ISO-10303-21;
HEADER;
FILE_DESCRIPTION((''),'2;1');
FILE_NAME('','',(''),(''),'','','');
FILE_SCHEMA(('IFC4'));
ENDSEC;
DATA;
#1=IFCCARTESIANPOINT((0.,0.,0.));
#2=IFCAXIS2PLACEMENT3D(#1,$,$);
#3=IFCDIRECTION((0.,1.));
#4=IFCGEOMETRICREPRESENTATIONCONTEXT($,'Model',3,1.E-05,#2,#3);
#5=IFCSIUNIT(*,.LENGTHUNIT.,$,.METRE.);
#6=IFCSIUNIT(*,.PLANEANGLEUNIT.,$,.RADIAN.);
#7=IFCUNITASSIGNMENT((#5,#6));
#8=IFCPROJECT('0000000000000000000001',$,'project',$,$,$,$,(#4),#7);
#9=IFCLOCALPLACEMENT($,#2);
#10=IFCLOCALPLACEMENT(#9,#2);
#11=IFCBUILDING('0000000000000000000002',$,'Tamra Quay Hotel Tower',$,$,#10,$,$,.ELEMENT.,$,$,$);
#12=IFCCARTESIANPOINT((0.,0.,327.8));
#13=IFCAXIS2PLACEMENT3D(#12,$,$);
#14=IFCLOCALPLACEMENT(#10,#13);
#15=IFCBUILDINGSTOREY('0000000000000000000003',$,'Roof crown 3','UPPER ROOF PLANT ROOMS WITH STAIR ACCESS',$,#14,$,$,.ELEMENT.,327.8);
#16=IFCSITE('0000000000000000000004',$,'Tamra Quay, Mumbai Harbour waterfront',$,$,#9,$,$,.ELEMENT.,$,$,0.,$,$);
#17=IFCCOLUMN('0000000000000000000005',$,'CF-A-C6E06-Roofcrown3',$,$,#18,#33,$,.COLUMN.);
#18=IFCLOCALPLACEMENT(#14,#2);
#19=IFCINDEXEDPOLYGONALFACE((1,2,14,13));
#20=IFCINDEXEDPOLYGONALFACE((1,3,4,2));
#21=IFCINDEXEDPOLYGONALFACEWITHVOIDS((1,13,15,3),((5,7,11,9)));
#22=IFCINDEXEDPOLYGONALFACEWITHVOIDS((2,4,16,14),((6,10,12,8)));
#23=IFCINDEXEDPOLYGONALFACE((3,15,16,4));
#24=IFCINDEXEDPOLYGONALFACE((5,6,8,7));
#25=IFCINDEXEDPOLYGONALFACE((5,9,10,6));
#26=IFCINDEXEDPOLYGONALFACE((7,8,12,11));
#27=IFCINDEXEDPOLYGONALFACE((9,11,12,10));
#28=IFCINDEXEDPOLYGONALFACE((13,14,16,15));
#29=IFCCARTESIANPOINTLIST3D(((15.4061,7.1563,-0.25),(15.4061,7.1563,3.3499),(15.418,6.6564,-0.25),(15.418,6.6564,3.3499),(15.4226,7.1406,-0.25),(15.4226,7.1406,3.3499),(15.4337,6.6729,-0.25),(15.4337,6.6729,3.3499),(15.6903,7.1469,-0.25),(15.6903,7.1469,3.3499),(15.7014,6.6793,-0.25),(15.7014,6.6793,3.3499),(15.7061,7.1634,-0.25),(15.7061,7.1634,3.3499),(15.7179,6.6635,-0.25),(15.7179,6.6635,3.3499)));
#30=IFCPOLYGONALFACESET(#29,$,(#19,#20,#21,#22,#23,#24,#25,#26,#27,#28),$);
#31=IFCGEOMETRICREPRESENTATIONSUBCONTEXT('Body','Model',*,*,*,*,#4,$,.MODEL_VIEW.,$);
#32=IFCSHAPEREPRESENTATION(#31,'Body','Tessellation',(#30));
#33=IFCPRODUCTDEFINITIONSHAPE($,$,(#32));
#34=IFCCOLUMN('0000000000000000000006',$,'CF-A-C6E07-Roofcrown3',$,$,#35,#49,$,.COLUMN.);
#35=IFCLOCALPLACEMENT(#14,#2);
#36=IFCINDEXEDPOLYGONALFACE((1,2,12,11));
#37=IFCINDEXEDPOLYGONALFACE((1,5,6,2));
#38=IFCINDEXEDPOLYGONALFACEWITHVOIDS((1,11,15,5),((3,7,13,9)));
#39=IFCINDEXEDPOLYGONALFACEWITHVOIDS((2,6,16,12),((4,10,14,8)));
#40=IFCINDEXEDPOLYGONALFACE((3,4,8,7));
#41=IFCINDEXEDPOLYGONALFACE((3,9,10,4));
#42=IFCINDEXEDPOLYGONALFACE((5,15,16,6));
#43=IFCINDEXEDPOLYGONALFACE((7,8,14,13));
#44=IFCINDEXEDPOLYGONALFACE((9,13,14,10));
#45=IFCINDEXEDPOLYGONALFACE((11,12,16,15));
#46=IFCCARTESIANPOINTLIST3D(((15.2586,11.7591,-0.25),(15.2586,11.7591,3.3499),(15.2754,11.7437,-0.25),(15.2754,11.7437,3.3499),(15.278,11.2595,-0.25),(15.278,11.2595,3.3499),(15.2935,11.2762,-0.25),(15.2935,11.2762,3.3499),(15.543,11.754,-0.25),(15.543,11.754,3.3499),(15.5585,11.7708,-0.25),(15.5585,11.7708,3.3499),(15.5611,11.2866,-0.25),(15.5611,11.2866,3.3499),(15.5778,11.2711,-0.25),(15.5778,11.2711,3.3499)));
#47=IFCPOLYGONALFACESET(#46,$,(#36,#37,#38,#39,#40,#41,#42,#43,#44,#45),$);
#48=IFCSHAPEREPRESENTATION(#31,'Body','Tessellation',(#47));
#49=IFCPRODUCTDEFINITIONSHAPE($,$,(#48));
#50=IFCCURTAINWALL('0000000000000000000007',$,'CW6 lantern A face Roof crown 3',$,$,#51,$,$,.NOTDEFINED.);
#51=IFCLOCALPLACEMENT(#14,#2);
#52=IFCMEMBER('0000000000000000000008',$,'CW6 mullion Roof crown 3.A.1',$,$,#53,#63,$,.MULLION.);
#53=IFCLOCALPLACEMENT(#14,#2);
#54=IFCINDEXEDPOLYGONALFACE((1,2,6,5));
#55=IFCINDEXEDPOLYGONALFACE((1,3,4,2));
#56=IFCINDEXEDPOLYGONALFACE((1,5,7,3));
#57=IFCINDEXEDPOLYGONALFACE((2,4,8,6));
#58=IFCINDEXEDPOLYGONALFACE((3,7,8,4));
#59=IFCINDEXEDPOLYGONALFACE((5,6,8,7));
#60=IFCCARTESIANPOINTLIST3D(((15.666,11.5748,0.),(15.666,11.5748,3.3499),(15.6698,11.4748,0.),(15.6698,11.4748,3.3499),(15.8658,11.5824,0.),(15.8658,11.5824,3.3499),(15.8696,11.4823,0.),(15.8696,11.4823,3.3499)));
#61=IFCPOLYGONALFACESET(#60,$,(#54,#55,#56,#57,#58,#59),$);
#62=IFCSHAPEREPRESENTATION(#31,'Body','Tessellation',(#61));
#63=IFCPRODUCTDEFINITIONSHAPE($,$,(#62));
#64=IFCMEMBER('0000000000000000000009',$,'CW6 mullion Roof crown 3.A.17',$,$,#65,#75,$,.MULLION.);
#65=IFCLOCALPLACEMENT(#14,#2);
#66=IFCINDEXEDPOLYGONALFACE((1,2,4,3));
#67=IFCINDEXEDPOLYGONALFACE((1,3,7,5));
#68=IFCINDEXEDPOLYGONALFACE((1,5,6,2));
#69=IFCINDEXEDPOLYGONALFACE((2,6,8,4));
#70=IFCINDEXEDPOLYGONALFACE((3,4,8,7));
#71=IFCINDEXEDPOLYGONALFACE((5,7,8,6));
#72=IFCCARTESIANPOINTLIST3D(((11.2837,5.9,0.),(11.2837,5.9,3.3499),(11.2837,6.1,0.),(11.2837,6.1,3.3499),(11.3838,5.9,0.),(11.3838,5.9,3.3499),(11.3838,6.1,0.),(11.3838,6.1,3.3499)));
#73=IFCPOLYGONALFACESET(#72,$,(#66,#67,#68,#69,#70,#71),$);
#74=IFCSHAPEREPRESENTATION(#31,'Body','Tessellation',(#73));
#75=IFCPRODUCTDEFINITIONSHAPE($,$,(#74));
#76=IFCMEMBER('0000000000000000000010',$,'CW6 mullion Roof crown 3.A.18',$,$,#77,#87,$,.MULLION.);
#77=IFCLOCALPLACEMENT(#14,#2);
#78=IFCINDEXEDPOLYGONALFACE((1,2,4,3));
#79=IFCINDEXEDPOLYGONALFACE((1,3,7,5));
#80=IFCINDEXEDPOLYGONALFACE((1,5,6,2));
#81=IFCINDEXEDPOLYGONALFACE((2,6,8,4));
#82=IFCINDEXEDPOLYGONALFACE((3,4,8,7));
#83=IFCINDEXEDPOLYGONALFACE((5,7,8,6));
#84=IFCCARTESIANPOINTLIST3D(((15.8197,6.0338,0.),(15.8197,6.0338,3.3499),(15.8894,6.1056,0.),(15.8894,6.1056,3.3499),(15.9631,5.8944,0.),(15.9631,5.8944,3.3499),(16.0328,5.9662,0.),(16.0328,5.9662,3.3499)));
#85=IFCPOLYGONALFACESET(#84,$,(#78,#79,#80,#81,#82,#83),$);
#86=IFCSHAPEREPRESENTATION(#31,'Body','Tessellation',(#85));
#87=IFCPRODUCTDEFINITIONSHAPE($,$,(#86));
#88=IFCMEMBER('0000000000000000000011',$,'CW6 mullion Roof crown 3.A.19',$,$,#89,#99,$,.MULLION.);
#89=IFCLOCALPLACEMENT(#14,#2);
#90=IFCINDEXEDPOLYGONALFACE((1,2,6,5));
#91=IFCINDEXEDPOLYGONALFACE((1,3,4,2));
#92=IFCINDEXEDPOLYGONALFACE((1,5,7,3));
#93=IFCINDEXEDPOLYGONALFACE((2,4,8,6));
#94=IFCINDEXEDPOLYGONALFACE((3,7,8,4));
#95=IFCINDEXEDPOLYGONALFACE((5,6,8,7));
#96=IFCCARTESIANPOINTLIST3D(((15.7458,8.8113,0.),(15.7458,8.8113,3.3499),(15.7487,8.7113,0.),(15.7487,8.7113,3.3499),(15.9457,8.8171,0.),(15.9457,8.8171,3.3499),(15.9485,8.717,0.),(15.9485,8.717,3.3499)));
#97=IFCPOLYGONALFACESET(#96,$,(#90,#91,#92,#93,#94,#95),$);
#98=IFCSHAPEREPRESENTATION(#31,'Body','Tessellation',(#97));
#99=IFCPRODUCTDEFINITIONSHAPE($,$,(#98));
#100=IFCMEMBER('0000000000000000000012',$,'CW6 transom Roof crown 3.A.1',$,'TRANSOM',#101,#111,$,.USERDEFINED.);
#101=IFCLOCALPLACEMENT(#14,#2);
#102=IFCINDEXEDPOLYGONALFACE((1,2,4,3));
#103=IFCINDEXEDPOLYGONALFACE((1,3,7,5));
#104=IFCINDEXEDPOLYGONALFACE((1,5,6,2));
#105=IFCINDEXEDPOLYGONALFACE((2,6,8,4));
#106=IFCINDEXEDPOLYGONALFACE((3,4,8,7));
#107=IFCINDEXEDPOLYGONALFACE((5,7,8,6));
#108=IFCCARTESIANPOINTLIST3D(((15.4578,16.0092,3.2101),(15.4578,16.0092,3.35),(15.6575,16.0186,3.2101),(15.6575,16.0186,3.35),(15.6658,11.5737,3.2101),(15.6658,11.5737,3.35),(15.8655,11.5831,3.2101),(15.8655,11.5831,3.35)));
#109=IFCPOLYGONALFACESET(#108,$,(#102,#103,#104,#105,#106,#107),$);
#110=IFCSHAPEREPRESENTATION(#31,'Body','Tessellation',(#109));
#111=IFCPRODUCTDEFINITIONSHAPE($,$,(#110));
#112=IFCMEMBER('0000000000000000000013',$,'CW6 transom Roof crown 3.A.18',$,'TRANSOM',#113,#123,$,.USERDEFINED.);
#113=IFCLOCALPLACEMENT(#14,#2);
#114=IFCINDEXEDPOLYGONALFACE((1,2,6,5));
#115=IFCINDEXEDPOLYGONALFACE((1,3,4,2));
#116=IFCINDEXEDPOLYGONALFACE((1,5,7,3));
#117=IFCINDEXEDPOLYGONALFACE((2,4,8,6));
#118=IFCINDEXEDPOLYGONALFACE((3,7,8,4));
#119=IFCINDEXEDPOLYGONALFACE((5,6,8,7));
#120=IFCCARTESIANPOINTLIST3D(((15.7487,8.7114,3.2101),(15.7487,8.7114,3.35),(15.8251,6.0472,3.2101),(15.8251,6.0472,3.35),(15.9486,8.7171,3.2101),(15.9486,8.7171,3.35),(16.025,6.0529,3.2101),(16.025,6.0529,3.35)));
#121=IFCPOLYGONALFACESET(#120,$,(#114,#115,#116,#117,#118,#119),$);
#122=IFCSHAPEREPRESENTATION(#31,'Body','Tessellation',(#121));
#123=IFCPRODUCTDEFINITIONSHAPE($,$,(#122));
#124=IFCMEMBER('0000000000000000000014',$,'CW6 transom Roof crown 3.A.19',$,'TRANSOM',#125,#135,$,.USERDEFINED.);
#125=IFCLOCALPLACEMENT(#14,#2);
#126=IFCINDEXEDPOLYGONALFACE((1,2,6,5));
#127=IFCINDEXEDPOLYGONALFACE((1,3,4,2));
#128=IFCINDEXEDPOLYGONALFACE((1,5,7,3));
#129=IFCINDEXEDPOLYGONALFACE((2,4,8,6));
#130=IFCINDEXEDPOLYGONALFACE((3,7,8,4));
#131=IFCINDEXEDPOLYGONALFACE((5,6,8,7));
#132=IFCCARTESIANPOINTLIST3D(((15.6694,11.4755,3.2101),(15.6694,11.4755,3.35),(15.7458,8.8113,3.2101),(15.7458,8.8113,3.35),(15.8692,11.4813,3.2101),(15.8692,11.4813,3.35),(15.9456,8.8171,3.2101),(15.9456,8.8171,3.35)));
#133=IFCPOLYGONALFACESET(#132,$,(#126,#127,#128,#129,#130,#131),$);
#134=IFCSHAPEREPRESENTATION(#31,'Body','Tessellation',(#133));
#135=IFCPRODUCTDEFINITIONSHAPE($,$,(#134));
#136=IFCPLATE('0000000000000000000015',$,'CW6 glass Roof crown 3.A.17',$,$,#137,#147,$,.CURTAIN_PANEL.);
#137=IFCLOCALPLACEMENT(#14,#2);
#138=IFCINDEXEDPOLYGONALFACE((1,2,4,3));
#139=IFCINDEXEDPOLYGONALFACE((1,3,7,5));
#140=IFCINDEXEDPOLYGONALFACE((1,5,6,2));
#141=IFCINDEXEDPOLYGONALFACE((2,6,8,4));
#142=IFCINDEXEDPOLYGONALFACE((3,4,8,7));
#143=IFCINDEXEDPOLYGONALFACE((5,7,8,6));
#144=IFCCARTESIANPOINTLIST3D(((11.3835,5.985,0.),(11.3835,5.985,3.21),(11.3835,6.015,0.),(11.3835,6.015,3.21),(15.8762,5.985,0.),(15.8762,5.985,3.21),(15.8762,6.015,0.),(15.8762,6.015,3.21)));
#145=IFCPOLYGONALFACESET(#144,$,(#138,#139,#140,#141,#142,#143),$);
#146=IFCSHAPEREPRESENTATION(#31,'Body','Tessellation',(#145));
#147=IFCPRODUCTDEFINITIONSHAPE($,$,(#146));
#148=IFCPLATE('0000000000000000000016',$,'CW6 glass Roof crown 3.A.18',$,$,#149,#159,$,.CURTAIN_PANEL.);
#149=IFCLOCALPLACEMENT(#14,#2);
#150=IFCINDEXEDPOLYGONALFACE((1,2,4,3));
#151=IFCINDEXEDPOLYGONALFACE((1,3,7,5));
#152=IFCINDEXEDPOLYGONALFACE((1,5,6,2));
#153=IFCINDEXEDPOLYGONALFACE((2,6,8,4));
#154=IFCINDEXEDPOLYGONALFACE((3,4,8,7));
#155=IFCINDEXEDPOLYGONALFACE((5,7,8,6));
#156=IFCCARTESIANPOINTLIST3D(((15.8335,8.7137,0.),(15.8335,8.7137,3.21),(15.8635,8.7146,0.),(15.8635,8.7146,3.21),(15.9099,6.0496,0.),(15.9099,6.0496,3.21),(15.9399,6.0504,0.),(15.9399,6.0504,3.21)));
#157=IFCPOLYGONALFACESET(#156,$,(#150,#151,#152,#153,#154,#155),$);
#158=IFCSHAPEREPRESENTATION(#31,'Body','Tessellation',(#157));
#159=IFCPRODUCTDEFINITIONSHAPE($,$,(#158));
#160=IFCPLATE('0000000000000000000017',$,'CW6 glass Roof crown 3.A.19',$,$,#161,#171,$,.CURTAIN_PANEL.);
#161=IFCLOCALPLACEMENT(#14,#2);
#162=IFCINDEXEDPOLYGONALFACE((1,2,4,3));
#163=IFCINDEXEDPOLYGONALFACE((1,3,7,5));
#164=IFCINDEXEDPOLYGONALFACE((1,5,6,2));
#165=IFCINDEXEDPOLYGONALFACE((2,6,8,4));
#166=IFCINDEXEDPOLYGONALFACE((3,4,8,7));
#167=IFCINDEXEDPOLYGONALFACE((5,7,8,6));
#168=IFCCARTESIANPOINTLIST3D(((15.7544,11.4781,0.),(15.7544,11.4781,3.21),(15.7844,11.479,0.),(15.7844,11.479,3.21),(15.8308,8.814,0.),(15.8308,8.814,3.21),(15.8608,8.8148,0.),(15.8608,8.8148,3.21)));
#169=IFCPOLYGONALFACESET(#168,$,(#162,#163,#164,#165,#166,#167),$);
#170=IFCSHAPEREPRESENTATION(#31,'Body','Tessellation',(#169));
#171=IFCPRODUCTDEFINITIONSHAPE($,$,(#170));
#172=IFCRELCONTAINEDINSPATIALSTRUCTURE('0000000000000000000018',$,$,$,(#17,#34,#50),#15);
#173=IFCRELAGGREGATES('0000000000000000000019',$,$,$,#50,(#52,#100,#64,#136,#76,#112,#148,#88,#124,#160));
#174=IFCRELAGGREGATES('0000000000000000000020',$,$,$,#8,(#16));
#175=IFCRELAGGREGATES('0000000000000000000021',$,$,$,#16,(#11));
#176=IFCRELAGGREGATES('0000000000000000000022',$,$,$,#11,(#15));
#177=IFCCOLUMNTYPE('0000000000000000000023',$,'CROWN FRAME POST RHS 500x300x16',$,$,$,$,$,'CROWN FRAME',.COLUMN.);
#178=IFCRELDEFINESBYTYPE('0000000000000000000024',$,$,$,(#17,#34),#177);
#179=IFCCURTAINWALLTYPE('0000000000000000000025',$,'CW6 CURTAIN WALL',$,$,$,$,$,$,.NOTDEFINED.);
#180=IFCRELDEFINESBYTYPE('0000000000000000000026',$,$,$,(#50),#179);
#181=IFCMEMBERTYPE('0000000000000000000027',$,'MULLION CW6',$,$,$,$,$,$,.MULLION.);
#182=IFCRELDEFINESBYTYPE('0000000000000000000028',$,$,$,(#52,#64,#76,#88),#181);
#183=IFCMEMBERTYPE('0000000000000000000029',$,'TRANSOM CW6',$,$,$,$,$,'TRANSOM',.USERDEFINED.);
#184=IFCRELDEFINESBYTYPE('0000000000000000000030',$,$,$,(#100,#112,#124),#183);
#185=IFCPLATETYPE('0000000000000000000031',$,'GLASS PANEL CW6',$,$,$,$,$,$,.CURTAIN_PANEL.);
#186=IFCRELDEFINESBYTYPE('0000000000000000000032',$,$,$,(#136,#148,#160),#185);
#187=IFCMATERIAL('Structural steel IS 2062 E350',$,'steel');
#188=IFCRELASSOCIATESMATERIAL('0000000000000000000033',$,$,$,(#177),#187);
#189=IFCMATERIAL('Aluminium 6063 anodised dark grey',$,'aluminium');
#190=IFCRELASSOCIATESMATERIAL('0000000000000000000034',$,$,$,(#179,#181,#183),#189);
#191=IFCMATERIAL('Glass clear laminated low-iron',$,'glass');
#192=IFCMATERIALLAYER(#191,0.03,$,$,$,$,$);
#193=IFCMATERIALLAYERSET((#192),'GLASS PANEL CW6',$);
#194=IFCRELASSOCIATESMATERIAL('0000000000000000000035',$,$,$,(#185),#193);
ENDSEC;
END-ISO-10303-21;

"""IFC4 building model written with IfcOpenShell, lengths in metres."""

from ifc_helpers import new_model, si_unit, direction, frame, origin, origin_2d, place, context, subcontext, project, spatial, rectangle, hollow_rectangle, extrude, material, layer, layer_set, material_profile, profile_set, type_object, element, aggregate, save


model = new_model("IFC4")

# Units and contexts
model_context = context("Model", 3, precision=1e-05, world=origin(), true_north=direction((0.0, 1.0)))
body_context = subcontext(model_context, "Body", "Model", "MODEL_VIEW")
ifc_project = project(units=[si_unit("LENGTHUNIT", "METRE"), si_unit("PLANEANGLEUNIT", "RADIAN")], contexts=[model_context])

# Site, building, storey
site_placement = place(None, origin())
site = spatial("IfcSite", under=ifc_project, at=site_placement, Name="Tamra Quay, Mumbai Harbour waterfront", CompositionType="ELEMENT", RefElevation=0.0)
building_placement = place(site_placement, origin())
building = spatial("IfcBuilding", under=site, at=building_placement, Name="Tamra Quay Hotel Tower", CompositionType="ELEMENT")
storey_placement = place(building_placement, frame((0.0, 0.0, 327.8)))
storey = spatial("IfcBuildingStorey", under=building, at=storey_placement, Name="Roof crown 3", Description="UPPER ROOF PLANT ROOMS WITH STAIR ACCESS", CompositionType="ELEMENT", Elevation=327.8)

# Columns
ifc_material_1 = material(Name="Structural steel IS 2062 E350", Category="steel")
ifc_material_profile_1 = material_profile(ifc_material_1, hollow_rectangle(XDim=0.3, YDim=0.5, WallThickness=0.0161, at=origin_2d()), Name="RHS 500x300x16")
ifc_profile_set_1 = profile_set([ifc_material_profile_1], Name="Structural steel IS 2062 E350")
column_type = type_object("IfcColumnType", Name="CROWN FRAME POST RHS 500x300x16", ElementType="CROWN FRAME", PredefinedType="COLUMN", material=ifc_profile_set_1)
for number, where, z_axis, x_axis, name in (
    (1, (15.562, 6.9099, -0.25), (0.0, 0.0, 1.0), (0.999718, 0.023753, 0.0), "CF-A-C6E06-Roofcrown3"),
    (2, (15.4182, 11.5151, -0.25), (0.0, 0.0, 1.0), (0.999251, 0.038691, 0.0), "CF-A-C6E07-Roofcrown3"),
):
    element("IfcColumn", number, at=place(storey_placement, frame(where, z_axis=z_axis, x_axis=x_axis)), inside=storey, type_object=column_type, Name=name, PredefinedType="COLUMN", context=body_context, shape_type="SweptSolid", body=[
        extrude(hollow_rectangle(XDim=0.3, YDim=0.5, WallThickness=0.0161, at=origin_2d()), origin(), (0.0, 0.0, 1.0), 3.5999),
    ])

# Curtain wall, members, plates
ifc_material_2 = material(Name="Aluminium 6063 anodised dark grey", Category="aluminium")
curtain_wall_type = type_object("IfcCurtainWallType", Name="CW6 CURTAIN WALL", PredefinedType="NOTDEFINED", material=ifc_material_2)
curtain_wall_placement = place(storey_placement, origin())
curtain_wall = element("IfcCurtainWall", 3, at=curtain_wall_placement, inside=storey, type_object=curtain_wall_type, Name="CW6 lantern A face Roof crown 3", PredefinedType="NOTDEFINED")
ifc_material_profile_2 = material_profile(ifc_material_2, rectangle(XDim=0.2, YDim=0.1001, at=origin_2d()), Name="MULLION 100X200")
ifc_profile_set_2 = profile_set([ifc_material_profile_2], Name="Aluminium 6063 anodised dark grey")
member_type_1 = type_object("IfcMemberType", Name="MULLION CW6", PredefinedType="MULLION", material=ifc_profile_set_2)
member_1_placement = place(storey_placement, frame((15.7678, 11.5286, 0.0), z_axis=(0.0, 0.0, 1.0), x_axis=(0.999288, 0.037737, 0.0)))
member_1 = element("IfcMember", 4, at=member_1_placement, type_object=member_type_1, Name="CW6 mullion Roof crown 3.A.1", PredefinedType="MULLION", context=body_context, shape_type="SweptSolid", body=[
    extrude(rectangle(XDim=0.2, YDim=0.1001, at=origin_2d()), origin(), (0.0, 0.0, 1.0), 3.3499),
])
member_2_placement = place(storey_placement, frame((11.3337, 6.0, 0.0), z_axis=(0.0, 0.0, 1.0), x_axis=(0.0, -1.0, 0.0)))
member_2 = element("IfcMember", 5, at=member_2_placement, type_object=member_type_1, Name="CW6 mullion Roof crown 3.A.17", PredefinedType="MULLION", context=body_context, shape_type="SweptSolid", body=[
    extrude(rectangle(XDim=0.2, YDim=0.1001, at=origin_2d()), origin(), (0.0, 0.0, 1.0), 3.3499),
])
member_3_placement = place(storey_placement, frame((15.9263, 6.0, 0.0), z_axis=(0.0, 0.0, 1.0), x_axis=(0.717164, -0.696904, 0.0)))
member_3 = element("IfcMember", 6, at=member_3_placement, type_object=member_type_1, Name="CW6 mullion Roof crown 3.A.18", PredefinedType="MULLION", context=body_context, shape_type="SweptSolid", body=[
    extrude(rectangle(XDim=0.2, YDim=0.1001, at=origin_2d()), origin(), (0.0, 0.0, 1.0), 3.3499),
])
member_4_placement = place(storey_placement, frame((15.8472, 8.7642, 0.0), z_axis=(0.0, 0.0, 1.0), x_axis=(0.99959, 0.02865, 0.0)))
member_4 = element("IfcMember", 7, at=member_4_placement, type_object=member_type_1, Name="CW6 mullion Roof crown 3.A.19", PredefinedType="MULLION", context=body_context, shape_type="SweptSolid", body=[
    extrude(rectangle(XDim=0.2, YDim=0.1001, at=origin_2d()), origin(), (0.0, 0.0, 1.0), 3.3499),
])
ifc_material_profile_3 = material_profile(ifc_material_2, rectangle(XDim=0.2, YDim=0.1399, at=origin_2d()), Name="TRANSOM 200X140")
ifc_profile_set_3 = profile_set([ifc_material_profile_3], Name="Aluminium 6063 anodised dark grey")
member_type_2 = type_object("IfcMemberType", Name="TRANSOM CW6", ElementType="TRANSOM", PredefinedType="USERDEFINED", material=ifc_profile_set_3)
member_5_placement = place(storey_placement, frame((15.7656, 11.5784, 3.28), z_axis=(-0.046844, 0.998902, 0.0), x_axis=(-0.998902, -0.046844, 0.0)))
member_5 = element("IfcMember", 8, at=member_5_placement, type_object=member_type_2, Name="CW6 transom Roof crown 3.A.1", ObjectType="TRANSOM", PredefinedType="USERDEFINED", context=body_context, shape_type="SweptSolid", body=[
    extrude(rectangle(XDim=0.2, YDim=0.1399, at=origin_2d()), origin(), (0.0, 0.0, 1.0), 4.4404),
])
member_6_placement = place(storey_placement, frame((15.925, 6.05, 3.28), z_axis=(-0.02867, 0.999589, 0.0), x_axis=(-0.999589, -0.02867, 0.0)))
member_6 = element("IfcMember", 9, at=member_6_placement, type_object=member_type_2, Name="CW6 transom Roof crown 3.A.18", ObjectType="TRANSOM", PredefinedType="USERDEFINED", context=body_context, shape_type="SweptSolid", body=[
    extrude(rectangle(XDim=0.2, YDim=0.1399, at=origin_2d()), origin(), (0.0, 0.0, 1.0), 2.6653),
])
member_7_placement = place(storey_placement, frame((15.8457, 8.8142, 3.28), z_axis=(-0.02867, 0.999589, 0.0), x_axis=(-0.999589, -0.02867, 0.0)))
member_7 = element("IfcMember", 10, at=member_7_placement, type_object=member_type_2, Name="CW6 transom Roof crown 3.A.19", ObjectType="TRANSOM", PredefinedType="USERDEFINED", context=body_context, shape_type="SweptSolid", body=[
    extrude(rectangle(XDim=0.2, YDim=0.1399, at=origin_2d()), origin(), (0.0, 0.0, 1.0), 2.6653),
])
ifc_material_3 = material(Name="Glass clear laminated low-iron", Category="glass")
ifc_layer_1 = layer(ifc_material_3, 0.03)
ifc_layer_set_1 = layer_set([ifc_layer_1], Name="GLASS PANEL CW6")
plate_type = type_object("IfcPlateType", Name="GLASS PANEL CW6", PredefinedType="CURTAIN_PANEL", material=ifc_layer_set_1)
plate_1_placement = place(storey_placement, frame((13.6299, 6.0, 0.0), z_axis=(0.0, 0.0, 1.0), x_axis=(1.0, 0.0, 0.0)))
plate_1 = element("IfcPlate", 11, at=plate_1_placement, type_object=plate_type, Name="CW6 glass Roof crown 3.A.17", PredefinedType="CURTAIN_PANEL", context=body_context, shape_type="SweptSolid", body=[
    extrude(rectangle(XDim=4.4927, YDim=0.03, at=origin_2d()), origin(), (0.0, 0.0, 1.0), 3.21),
])
plate_2_placement = place(storey_placement, frame((15.8867, 7.3821, 0.0), z_axis=(0.0, 0.0, 1.0), x_axis=(-0.02865, 0.99959, 0.0)))
plate_2 = element("IfcPlate", 12, at=plate_2_placement, type_object=plate_type, Name="CW6 glass Roof crown 3.A.18", PredefinedType="CURTAIN_PANEL", context=body_context, shape_type="SweptSolid", body=[
    extrude(rectangle(XDim=2.6653, YDim=0.03, at=origin_2d()), origin(), (0.0, 0.0, 1.0), 3.21),
])
plate_3_placement = place(storey_placement, frame((15.8076, 10.1465, 0.0), z_axis=(0.0, 0.0, 1.0), x_axis=(-0.02865, 0.99959, 0.0)))
plate_3 = element("IfcPlate", 13, at=plate_3_placement, type_object=plate_type, Name="CW6 glass Roof crown 3.A.19", PredefinedType="CURTAIN_PANEL", context=body_context, shape_type="SweptSolid", body=[
    extrude(rectangle(XDim=2.6653, YDim=0.03, at=origin_2d()), origin(), (0.0, 0.0, 1.0), 3.21),
])
aggregate(curtain_wall, [member_1, member_5, member_2, plate_1, member_3, member_6, plate_2, member_4, member_7, plate_3])

save(model, "model.ifc")
